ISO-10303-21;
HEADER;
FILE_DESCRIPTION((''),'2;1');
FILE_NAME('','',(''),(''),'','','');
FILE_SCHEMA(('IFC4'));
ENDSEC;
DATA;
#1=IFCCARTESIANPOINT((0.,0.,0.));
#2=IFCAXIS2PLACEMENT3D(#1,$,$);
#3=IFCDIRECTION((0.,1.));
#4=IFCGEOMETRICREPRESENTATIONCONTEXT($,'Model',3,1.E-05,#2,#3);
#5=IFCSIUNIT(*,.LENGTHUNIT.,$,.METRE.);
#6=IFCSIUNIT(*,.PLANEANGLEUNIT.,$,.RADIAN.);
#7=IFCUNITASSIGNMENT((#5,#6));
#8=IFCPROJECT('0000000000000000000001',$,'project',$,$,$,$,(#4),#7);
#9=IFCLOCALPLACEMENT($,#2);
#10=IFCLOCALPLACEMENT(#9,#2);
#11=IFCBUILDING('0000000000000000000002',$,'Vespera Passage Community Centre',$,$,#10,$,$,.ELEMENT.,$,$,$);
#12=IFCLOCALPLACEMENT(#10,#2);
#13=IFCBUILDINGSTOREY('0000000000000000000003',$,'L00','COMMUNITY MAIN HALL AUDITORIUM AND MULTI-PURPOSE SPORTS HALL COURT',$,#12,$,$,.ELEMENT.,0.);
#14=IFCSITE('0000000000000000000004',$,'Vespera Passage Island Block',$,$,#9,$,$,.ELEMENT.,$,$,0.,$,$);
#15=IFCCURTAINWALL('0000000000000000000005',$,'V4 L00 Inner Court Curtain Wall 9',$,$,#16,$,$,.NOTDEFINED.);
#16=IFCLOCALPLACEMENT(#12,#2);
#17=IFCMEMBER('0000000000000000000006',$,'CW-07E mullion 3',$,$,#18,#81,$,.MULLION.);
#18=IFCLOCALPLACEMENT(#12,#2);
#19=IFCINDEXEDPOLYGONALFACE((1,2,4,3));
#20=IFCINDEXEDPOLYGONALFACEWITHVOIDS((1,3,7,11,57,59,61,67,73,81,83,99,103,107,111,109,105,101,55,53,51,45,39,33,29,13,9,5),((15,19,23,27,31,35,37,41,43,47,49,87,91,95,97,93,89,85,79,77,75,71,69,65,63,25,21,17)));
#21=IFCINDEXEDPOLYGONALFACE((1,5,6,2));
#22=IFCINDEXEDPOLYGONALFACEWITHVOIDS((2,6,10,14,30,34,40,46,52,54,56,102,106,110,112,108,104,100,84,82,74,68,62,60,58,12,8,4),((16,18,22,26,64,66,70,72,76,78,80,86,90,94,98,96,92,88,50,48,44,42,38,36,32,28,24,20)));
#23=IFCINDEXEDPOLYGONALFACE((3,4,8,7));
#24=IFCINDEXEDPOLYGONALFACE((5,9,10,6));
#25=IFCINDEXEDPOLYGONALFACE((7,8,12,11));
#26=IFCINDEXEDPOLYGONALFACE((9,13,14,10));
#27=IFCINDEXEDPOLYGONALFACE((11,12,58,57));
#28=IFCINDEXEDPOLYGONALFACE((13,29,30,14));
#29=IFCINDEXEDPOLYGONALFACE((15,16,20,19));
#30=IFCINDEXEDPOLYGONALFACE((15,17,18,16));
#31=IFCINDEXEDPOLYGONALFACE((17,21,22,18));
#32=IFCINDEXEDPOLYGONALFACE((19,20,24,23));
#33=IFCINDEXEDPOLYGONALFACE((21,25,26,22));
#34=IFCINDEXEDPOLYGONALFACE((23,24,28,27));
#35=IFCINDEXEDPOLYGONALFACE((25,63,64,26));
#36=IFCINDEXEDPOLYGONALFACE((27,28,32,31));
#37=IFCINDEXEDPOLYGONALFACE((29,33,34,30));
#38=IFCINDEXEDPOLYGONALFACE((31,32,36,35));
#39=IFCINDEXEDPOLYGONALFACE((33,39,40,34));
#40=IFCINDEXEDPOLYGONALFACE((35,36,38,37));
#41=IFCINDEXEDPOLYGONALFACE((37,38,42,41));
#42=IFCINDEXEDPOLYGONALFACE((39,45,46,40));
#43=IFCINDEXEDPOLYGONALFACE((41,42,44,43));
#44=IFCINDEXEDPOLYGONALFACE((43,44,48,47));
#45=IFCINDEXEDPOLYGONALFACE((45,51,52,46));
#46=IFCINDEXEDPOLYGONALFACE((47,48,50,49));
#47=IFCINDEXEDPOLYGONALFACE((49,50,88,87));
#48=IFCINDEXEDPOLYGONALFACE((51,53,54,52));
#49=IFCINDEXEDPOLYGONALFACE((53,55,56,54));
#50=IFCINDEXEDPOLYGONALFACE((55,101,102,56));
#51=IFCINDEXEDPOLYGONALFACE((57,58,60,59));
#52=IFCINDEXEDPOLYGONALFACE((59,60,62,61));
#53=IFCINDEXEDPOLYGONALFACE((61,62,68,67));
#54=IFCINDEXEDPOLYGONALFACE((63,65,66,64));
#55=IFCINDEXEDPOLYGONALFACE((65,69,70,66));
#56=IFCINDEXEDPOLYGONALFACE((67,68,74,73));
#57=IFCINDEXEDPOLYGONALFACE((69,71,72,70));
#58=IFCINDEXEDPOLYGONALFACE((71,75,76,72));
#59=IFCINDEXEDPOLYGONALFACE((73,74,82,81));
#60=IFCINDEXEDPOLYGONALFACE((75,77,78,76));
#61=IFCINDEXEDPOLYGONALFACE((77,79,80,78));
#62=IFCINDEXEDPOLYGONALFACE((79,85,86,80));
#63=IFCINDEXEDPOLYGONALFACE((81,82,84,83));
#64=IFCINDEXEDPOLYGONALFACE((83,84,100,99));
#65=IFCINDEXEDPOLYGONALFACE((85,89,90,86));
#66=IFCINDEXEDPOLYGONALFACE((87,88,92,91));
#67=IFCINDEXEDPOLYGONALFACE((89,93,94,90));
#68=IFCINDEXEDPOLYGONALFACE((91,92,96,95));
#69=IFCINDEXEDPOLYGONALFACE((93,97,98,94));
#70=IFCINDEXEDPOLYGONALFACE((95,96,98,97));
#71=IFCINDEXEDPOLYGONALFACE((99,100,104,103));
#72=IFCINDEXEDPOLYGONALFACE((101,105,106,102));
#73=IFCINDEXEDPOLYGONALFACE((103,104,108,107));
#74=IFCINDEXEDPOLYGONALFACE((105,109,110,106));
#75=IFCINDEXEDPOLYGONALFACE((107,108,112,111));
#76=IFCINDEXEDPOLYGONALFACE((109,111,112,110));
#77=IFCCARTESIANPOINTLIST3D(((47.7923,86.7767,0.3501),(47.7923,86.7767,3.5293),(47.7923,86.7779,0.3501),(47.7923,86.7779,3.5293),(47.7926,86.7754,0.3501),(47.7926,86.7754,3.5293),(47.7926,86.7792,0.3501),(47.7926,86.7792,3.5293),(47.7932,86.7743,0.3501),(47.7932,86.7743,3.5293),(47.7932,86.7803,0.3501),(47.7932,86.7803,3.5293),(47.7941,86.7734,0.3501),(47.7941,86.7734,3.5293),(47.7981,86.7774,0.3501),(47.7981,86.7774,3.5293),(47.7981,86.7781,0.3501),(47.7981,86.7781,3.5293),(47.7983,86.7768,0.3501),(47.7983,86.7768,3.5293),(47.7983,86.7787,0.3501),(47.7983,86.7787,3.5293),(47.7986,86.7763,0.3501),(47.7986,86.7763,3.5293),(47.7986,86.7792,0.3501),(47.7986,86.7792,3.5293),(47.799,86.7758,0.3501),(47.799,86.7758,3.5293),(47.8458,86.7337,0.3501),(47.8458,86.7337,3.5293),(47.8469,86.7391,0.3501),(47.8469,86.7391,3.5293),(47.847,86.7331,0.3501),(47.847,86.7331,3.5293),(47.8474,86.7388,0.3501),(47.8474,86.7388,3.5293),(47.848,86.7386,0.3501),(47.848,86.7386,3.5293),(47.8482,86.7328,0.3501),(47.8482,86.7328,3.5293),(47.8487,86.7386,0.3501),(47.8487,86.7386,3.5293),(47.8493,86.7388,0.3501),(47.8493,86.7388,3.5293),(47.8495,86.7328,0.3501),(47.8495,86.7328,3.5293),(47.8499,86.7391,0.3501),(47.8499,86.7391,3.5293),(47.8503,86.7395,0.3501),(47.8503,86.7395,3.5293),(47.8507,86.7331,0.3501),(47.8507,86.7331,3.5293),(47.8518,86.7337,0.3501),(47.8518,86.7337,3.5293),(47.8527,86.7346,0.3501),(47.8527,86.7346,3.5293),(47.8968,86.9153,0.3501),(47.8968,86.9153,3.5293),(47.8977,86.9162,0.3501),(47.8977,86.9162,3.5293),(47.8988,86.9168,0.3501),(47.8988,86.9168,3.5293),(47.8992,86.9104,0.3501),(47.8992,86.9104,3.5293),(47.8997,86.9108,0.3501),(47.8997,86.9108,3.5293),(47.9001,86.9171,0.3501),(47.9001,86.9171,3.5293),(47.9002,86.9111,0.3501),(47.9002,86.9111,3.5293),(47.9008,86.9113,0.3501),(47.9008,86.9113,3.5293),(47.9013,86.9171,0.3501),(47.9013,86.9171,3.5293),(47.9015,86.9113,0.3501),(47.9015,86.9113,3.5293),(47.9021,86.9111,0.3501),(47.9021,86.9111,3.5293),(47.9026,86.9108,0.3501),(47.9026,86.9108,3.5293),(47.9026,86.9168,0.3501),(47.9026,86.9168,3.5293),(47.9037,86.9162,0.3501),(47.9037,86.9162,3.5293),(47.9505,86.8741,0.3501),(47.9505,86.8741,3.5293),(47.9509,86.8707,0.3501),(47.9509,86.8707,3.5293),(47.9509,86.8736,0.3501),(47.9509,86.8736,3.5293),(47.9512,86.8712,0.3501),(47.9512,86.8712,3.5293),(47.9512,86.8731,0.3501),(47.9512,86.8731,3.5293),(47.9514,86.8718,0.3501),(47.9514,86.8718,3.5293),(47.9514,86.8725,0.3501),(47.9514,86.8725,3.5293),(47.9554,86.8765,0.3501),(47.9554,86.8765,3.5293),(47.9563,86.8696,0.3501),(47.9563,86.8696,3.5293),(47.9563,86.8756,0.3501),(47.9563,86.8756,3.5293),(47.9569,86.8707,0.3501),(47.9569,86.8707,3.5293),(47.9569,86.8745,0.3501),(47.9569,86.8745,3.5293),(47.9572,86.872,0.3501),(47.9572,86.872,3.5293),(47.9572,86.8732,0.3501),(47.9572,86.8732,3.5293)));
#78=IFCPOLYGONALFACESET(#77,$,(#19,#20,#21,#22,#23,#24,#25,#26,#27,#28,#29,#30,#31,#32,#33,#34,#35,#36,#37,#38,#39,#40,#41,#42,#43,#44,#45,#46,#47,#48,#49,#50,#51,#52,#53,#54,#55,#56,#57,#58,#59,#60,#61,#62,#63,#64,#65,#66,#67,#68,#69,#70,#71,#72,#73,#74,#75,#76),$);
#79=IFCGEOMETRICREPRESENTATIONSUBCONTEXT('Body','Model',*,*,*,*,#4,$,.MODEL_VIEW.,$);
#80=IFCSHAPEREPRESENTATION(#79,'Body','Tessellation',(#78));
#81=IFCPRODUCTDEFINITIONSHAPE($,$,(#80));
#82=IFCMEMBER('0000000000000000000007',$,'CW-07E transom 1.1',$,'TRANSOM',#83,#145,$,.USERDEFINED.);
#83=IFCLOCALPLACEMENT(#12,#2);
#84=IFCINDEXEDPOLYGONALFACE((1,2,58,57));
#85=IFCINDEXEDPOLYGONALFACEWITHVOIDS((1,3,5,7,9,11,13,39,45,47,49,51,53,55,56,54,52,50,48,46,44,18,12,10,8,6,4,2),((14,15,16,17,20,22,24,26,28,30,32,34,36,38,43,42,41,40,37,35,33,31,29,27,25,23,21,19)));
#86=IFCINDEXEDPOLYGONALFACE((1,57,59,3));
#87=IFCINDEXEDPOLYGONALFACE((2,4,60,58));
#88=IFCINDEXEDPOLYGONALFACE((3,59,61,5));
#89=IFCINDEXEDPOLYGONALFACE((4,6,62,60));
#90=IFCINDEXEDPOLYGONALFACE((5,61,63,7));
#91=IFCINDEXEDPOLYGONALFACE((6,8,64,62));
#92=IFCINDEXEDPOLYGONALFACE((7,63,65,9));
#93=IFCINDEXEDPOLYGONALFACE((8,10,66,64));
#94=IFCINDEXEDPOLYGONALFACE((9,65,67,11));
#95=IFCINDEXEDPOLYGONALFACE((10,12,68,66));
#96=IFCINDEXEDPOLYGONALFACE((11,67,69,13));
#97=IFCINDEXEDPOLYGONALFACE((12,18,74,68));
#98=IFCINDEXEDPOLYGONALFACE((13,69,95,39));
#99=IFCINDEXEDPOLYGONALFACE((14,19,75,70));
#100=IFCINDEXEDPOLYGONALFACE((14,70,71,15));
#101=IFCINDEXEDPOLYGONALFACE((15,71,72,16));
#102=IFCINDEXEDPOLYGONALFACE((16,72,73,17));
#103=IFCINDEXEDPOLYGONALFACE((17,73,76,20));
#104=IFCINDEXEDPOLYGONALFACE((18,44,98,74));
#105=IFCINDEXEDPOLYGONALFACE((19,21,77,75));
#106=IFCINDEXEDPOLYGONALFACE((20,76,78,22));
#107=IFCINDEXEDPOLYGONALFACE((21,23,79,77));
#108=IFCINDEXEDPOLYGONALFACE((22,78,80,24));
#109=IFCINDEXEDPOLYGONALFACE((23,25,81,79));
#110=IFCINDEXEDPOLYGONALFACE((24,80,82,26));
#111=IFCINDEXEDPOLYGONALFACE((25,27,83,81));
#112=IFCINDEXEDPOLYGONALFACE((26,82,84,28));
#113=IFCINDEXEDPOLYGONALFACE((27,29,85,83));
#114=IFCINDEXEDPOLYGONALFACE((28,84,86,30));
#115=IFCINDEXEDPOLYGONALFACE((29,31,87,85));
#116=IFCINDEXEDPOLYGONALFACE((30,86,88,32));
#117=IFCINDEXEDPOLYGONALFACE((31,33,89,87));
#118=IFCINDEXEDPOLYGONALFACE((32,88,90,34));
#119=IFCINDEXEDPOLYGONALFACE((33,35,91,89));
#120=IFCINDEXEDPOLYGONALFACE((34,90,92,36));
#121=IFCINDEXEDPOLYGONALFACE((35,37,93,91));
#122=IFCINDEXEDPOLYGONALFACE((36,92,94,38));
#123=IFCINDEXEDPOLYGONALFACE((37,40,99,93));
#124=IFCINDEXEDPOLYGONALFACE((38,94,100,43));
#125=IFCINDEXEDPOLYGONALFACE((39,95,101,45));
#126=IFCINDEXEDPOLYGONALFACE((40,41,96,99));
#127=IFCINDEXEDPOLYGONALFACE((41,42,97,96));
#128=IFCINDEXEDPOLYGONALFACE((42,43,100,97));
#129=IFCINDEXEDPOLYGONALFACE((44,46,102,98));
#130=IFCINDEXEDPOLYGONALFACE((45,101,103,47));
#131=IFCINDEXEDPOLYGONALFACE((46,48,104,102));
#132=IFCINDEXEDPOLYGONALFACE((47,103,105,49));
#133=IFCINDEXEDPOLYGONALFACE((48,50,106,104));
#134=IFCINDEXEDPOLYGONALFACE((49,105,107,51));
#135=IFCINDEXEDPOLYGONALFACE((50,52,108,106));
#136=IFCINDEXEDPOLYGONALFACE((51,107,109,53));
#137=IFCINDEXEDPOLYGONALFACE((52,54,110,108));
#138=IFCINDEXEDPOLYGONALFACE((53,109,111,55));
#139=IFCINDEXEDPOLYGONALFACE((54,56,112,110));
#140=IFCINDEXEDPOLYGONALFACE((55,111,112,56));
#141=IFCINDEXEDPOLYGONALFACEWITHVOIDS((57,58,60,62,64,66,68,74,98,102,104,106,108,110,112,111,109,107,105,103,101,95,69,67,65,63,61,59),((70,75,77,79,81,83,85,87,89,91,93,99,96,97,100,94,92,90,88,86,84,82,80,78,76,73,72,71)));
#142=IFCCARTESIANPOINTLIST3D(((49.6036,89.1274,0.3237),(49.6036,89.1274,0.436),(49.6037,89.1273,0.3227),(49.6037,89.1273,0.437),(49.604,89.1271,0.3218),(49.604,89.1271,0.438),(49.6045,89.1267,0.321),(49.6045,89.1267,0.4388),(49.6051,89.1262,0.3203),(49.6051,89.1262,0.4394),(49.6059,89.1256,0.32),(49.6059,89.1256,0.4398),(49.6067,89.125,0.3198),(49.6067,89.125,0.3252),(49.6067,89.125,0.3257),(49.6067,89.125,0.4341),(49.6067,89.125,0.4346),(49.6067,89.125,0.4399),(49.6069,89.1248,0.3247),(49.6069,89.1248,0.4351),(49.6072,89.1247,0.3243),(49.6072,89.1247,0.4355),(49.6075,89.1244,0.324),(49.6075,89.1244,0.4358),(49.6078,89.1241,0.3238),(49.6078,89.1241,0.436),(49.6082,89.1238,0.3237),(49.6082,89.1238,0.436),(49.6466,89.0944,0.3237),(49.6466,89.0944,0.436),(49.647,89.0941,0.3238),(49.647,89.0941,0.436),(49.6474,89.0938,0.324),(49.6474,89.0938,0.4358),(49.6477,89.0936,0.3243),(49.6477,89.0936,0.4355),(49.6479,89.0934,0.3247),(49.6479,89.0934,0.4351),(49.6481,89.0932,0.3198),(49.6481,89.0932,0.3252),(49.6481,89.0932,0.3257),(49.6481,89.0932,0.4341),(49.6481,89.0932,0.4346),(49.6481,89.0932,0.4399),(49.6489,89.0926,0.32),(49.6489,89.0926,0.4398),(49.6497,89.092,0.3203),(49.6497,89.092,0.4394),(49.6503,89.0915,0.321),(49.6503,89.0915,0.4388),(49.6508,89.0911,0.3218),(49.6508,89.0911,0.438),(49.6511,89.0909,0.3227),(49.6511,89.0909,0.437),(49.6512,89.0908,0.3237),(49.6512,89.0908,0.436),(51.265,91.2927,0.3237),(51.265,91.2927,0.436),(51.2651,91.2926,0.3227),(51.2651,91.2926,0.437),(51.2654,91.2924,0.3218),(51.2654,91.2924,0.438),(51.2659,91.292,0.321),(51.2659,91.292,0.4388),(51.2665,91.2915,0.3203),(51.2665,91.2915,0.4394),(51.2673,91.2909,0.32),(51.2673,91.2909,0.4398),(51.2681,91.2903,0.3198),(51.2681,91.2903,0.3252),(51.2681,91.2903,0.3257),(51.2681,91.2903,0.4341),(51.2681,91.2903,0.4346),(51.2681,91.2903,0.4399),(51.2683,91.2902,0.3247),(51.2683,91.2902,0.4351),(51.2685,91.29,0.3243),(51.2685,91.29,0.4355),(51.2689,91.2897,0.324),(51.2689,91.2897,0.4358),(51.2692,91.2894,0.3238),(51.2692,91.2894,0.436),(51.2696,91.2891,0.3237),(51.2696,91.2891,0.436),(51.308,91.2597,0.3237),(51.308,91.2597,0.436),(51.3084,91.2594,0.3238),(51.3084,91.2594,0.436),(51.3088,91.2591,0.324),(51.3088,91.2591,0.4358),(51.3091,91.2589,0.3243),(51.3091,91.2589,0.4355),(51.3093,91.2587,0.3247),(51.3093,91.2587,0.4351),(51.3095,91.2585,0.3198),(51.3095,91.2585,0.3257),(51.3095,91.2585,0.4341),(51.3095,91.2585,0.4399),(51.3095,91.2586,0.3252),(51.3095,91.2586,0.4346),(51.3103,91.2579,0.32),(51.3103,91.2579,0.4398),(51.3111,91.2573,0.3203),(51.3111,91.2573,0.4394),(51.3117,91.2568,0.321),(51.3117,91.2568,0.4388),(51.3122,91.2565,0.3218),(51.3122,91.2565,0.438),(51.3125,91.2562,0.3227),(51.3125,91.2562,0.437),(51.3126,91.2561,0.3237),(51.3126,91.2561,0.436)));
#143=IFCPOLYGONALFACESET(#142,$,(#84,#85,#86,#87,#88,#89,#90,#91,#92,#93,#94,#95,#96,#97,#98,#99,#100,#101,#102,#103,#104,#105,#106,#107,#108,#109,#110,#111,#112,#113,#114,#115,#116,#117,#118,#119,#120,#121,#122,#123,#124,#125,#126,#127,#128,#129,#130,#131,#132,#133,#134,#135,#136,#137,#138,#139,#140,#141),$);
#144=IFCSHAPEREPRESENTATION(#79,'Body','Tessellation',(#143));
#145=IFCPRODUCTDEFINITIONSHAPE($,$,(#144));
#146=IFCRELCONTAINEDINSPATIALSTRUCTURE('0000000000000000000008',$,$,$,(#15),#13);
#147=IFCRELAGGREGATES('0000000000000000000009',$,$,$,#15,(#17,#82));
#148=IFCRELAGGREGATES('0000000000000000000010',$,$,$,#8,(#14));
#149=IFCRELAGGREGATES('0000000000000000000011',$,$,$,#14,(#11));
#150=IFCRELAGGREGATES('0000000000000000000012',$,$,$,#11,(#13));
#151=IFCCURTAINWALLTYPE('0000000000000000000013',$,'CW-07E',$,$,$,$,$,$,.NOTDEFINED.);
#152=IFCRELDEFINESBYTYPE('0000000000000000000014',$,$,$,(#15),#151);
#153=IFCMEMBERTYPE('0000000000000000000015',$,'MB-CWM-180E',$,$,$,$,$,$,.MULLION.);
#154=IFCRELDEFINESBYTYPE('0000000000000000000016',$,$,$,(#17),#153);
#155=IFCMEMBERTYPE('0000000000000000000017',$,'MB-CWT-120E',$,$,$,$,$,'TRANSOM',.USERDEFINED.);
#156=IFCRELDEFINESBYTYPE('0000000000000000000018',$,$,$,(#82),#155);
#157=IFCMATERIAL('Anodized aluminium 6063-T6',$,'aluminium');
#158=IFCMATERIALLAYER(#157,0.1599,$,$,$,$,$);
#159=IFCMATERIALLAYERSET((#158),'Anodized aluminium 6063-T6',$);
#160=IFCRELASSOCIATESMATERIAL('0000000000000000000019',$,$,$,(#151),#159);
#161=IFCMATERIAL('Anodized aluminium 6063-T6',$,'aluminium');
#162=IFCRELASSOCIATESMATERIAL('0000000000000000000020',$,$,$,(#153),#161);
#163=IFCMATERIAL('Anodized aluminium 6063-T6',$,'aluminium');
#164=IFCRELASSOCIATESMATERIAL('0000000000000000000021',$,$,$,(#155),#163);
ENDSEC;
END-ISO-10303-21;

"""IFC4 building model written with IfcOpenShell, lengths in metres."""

from ifc_helpers import new_model, si_unit, direction, frame, origin, origin_2d, place, context, subcontext, project, spatial, hollow_rectangle, extrude, material, layer, layer_set, material_profile, profile_set, type_object, element, aggregate, save


model = new_model("IFC4")

# Units and contexts
model_context = context("Model", 3, precision=1e-05, world=origin(), true_north=direction((0.0, 1.0)))
body_context = subcontext(model_context, "Body", "Model", "MODEL_VIEW")
ifc_project = project(units=[si_unit("LENGTHUNIT", "METRE"), si_unit("PLANEANGLEUNIT", "RADIAN")], contexts=[model_context])

# Site, building, storey
site_placement = place(None, origin())
site = spatial("IfcSite", under=ifc_project, at=site_placement, Name="Vespera Passage Island Block", CompositionType="ELEMENT", RefElevation=0.0)
building_placement = place(site_placement, origin())
building = spatial("IfcBuilding", under=site, at=building_placement, Name="Vespera Passage Community Centre", CompositionType="ELEMENT")
storey_placement = place(building_placement, origin())
storey = spatial("IfcBuildingStorey", under=building, at=storey_placement, Name="L00", Description="COMMUNITY MAIN HALL AUDITORIUM AND MULTI-PURPOSE SPORTS HALL COURT", CompositionType="ELEMENT", Elevation=0.0)

# Curtain wall, members
ifc_material_1 = material(Name="Anodized aluminium 6063-T6", Category="aluminium")
ifc_layer_1 = layer(ifc_material_1, 0.1599)
ifc_layer_set_1 = layer_set([ifc_layer_1], Name="Anodized aluminium 6063-T6")
curtain_wall_type_1 = type_object("IfcCurtainWallType", Name="CW-07E", PredefinedType="NOTDEFINED", material=ifc_layer_set_1)
curtain_wall_1_placement = place(storey_placement, origin())
curtain_wall_1 = element("IfcCurtainWall", 1, at=curtain_wall_1_placement, inside=storey, type_object=curtain_wall_type_1, Name="V4 L00 Inner Court Curtain Wall 9", PredefinedType="NOTDEFINED")
ifc_material_2 = material(Name="Anodized aluminium 6063-T6", Category="aluminium")
ifc_material_profile_1 = material_profile(ifc_material_2, hollow_rectangle(XDim=0.075, YDim=0.1799, WallThickness=0.0049, InnerFilletRadius=0.0024, OuterFilletRadius=0.0049, at=origin_2d()), Name="ALU180X75X5")
ifc_profile_set_1 = profile_set([ifc_material_profile_1], Name="Anodized aluminium 6063-T6")
member_type_1 = type_object("IfcMemberType", Name="MB-CWM-180E", PredefinedType="MULLION", material=ifc_profile_set_1)
member_1_placement = place(storey_placement, frame((47.8748, 86.825, 0.3501), z_axis=(0.0, 0.0, 1.0), x_axis=(0.793358, -0.608755, 0.0)))
member_1 = element("IfcMember", 2, at=member_1_placement, type_object=member_type_1, Name="CW-07E mullion 3", PredefinedType="MULLION", context=body_context, shape_type="SweptSolid", body=[
    extrude(hollow_rectangle(XDim=0.075, YDim=0.1799, WallThickness=0.0049, InnerFilletRadius=0.0024, OuterFilletRadius=0.0049, at=origin_2d()), origin(), (0.0, 0.0, 1.0), 3.1792),
])
ifc_material_3 = material(Name="Anodized aluminium 6063-T6", Category="aluminium")
ifc_material_profile_2 = material_profile(ifc_material_3, hollow_rectangle(XDim=0.0601, YDim=0.1201, WallThickness=0.0039, InnerFilletRadius=0.002, OuterFilletRadius=0.0039, at=origin_2d()), Name="ALU120X60X4")
ifc_profile_set_2 = profile_set([ifc_material_profile_2], Name="Anodized aluminium 6063-T6")
member_type_2 = type_object("IfcMemberType", Name="MB-CWT-120E", ElementType="TRANSOM", PredefinedType="USERDEFINED", material=ifc_profile_set_2)
member_2_placement = place(storey_placement, frame((51.2888, 91.2744, 0.3799), z_axis=(-0.608738, -0.793372, 0.0), x_axis=(0.793372, -0.608738, 0.0)))
member_2 = element("IfcMember", 3, at=member_2_placement, type_object=member_type_2, Name="CW-07E transom 1.1", ObjectType="TRANSOM", PredefinedType="USERDEFINED", context=body_context, shape_type="SweptSolid", body=[
    extrude(hollow_rectangle(XDim=0.0601, YDim=0.1201, WallThickness=0.0039, InnerFilletRadius=0.002, OuterFilletRadius=0.0039, at=origin_2d()), origin(), (0.0, 0.0, 1.0), 2.7292),
])
aggregate(curtain_wall_1, [member_1, member_2])

save(model, "model.ifc")
